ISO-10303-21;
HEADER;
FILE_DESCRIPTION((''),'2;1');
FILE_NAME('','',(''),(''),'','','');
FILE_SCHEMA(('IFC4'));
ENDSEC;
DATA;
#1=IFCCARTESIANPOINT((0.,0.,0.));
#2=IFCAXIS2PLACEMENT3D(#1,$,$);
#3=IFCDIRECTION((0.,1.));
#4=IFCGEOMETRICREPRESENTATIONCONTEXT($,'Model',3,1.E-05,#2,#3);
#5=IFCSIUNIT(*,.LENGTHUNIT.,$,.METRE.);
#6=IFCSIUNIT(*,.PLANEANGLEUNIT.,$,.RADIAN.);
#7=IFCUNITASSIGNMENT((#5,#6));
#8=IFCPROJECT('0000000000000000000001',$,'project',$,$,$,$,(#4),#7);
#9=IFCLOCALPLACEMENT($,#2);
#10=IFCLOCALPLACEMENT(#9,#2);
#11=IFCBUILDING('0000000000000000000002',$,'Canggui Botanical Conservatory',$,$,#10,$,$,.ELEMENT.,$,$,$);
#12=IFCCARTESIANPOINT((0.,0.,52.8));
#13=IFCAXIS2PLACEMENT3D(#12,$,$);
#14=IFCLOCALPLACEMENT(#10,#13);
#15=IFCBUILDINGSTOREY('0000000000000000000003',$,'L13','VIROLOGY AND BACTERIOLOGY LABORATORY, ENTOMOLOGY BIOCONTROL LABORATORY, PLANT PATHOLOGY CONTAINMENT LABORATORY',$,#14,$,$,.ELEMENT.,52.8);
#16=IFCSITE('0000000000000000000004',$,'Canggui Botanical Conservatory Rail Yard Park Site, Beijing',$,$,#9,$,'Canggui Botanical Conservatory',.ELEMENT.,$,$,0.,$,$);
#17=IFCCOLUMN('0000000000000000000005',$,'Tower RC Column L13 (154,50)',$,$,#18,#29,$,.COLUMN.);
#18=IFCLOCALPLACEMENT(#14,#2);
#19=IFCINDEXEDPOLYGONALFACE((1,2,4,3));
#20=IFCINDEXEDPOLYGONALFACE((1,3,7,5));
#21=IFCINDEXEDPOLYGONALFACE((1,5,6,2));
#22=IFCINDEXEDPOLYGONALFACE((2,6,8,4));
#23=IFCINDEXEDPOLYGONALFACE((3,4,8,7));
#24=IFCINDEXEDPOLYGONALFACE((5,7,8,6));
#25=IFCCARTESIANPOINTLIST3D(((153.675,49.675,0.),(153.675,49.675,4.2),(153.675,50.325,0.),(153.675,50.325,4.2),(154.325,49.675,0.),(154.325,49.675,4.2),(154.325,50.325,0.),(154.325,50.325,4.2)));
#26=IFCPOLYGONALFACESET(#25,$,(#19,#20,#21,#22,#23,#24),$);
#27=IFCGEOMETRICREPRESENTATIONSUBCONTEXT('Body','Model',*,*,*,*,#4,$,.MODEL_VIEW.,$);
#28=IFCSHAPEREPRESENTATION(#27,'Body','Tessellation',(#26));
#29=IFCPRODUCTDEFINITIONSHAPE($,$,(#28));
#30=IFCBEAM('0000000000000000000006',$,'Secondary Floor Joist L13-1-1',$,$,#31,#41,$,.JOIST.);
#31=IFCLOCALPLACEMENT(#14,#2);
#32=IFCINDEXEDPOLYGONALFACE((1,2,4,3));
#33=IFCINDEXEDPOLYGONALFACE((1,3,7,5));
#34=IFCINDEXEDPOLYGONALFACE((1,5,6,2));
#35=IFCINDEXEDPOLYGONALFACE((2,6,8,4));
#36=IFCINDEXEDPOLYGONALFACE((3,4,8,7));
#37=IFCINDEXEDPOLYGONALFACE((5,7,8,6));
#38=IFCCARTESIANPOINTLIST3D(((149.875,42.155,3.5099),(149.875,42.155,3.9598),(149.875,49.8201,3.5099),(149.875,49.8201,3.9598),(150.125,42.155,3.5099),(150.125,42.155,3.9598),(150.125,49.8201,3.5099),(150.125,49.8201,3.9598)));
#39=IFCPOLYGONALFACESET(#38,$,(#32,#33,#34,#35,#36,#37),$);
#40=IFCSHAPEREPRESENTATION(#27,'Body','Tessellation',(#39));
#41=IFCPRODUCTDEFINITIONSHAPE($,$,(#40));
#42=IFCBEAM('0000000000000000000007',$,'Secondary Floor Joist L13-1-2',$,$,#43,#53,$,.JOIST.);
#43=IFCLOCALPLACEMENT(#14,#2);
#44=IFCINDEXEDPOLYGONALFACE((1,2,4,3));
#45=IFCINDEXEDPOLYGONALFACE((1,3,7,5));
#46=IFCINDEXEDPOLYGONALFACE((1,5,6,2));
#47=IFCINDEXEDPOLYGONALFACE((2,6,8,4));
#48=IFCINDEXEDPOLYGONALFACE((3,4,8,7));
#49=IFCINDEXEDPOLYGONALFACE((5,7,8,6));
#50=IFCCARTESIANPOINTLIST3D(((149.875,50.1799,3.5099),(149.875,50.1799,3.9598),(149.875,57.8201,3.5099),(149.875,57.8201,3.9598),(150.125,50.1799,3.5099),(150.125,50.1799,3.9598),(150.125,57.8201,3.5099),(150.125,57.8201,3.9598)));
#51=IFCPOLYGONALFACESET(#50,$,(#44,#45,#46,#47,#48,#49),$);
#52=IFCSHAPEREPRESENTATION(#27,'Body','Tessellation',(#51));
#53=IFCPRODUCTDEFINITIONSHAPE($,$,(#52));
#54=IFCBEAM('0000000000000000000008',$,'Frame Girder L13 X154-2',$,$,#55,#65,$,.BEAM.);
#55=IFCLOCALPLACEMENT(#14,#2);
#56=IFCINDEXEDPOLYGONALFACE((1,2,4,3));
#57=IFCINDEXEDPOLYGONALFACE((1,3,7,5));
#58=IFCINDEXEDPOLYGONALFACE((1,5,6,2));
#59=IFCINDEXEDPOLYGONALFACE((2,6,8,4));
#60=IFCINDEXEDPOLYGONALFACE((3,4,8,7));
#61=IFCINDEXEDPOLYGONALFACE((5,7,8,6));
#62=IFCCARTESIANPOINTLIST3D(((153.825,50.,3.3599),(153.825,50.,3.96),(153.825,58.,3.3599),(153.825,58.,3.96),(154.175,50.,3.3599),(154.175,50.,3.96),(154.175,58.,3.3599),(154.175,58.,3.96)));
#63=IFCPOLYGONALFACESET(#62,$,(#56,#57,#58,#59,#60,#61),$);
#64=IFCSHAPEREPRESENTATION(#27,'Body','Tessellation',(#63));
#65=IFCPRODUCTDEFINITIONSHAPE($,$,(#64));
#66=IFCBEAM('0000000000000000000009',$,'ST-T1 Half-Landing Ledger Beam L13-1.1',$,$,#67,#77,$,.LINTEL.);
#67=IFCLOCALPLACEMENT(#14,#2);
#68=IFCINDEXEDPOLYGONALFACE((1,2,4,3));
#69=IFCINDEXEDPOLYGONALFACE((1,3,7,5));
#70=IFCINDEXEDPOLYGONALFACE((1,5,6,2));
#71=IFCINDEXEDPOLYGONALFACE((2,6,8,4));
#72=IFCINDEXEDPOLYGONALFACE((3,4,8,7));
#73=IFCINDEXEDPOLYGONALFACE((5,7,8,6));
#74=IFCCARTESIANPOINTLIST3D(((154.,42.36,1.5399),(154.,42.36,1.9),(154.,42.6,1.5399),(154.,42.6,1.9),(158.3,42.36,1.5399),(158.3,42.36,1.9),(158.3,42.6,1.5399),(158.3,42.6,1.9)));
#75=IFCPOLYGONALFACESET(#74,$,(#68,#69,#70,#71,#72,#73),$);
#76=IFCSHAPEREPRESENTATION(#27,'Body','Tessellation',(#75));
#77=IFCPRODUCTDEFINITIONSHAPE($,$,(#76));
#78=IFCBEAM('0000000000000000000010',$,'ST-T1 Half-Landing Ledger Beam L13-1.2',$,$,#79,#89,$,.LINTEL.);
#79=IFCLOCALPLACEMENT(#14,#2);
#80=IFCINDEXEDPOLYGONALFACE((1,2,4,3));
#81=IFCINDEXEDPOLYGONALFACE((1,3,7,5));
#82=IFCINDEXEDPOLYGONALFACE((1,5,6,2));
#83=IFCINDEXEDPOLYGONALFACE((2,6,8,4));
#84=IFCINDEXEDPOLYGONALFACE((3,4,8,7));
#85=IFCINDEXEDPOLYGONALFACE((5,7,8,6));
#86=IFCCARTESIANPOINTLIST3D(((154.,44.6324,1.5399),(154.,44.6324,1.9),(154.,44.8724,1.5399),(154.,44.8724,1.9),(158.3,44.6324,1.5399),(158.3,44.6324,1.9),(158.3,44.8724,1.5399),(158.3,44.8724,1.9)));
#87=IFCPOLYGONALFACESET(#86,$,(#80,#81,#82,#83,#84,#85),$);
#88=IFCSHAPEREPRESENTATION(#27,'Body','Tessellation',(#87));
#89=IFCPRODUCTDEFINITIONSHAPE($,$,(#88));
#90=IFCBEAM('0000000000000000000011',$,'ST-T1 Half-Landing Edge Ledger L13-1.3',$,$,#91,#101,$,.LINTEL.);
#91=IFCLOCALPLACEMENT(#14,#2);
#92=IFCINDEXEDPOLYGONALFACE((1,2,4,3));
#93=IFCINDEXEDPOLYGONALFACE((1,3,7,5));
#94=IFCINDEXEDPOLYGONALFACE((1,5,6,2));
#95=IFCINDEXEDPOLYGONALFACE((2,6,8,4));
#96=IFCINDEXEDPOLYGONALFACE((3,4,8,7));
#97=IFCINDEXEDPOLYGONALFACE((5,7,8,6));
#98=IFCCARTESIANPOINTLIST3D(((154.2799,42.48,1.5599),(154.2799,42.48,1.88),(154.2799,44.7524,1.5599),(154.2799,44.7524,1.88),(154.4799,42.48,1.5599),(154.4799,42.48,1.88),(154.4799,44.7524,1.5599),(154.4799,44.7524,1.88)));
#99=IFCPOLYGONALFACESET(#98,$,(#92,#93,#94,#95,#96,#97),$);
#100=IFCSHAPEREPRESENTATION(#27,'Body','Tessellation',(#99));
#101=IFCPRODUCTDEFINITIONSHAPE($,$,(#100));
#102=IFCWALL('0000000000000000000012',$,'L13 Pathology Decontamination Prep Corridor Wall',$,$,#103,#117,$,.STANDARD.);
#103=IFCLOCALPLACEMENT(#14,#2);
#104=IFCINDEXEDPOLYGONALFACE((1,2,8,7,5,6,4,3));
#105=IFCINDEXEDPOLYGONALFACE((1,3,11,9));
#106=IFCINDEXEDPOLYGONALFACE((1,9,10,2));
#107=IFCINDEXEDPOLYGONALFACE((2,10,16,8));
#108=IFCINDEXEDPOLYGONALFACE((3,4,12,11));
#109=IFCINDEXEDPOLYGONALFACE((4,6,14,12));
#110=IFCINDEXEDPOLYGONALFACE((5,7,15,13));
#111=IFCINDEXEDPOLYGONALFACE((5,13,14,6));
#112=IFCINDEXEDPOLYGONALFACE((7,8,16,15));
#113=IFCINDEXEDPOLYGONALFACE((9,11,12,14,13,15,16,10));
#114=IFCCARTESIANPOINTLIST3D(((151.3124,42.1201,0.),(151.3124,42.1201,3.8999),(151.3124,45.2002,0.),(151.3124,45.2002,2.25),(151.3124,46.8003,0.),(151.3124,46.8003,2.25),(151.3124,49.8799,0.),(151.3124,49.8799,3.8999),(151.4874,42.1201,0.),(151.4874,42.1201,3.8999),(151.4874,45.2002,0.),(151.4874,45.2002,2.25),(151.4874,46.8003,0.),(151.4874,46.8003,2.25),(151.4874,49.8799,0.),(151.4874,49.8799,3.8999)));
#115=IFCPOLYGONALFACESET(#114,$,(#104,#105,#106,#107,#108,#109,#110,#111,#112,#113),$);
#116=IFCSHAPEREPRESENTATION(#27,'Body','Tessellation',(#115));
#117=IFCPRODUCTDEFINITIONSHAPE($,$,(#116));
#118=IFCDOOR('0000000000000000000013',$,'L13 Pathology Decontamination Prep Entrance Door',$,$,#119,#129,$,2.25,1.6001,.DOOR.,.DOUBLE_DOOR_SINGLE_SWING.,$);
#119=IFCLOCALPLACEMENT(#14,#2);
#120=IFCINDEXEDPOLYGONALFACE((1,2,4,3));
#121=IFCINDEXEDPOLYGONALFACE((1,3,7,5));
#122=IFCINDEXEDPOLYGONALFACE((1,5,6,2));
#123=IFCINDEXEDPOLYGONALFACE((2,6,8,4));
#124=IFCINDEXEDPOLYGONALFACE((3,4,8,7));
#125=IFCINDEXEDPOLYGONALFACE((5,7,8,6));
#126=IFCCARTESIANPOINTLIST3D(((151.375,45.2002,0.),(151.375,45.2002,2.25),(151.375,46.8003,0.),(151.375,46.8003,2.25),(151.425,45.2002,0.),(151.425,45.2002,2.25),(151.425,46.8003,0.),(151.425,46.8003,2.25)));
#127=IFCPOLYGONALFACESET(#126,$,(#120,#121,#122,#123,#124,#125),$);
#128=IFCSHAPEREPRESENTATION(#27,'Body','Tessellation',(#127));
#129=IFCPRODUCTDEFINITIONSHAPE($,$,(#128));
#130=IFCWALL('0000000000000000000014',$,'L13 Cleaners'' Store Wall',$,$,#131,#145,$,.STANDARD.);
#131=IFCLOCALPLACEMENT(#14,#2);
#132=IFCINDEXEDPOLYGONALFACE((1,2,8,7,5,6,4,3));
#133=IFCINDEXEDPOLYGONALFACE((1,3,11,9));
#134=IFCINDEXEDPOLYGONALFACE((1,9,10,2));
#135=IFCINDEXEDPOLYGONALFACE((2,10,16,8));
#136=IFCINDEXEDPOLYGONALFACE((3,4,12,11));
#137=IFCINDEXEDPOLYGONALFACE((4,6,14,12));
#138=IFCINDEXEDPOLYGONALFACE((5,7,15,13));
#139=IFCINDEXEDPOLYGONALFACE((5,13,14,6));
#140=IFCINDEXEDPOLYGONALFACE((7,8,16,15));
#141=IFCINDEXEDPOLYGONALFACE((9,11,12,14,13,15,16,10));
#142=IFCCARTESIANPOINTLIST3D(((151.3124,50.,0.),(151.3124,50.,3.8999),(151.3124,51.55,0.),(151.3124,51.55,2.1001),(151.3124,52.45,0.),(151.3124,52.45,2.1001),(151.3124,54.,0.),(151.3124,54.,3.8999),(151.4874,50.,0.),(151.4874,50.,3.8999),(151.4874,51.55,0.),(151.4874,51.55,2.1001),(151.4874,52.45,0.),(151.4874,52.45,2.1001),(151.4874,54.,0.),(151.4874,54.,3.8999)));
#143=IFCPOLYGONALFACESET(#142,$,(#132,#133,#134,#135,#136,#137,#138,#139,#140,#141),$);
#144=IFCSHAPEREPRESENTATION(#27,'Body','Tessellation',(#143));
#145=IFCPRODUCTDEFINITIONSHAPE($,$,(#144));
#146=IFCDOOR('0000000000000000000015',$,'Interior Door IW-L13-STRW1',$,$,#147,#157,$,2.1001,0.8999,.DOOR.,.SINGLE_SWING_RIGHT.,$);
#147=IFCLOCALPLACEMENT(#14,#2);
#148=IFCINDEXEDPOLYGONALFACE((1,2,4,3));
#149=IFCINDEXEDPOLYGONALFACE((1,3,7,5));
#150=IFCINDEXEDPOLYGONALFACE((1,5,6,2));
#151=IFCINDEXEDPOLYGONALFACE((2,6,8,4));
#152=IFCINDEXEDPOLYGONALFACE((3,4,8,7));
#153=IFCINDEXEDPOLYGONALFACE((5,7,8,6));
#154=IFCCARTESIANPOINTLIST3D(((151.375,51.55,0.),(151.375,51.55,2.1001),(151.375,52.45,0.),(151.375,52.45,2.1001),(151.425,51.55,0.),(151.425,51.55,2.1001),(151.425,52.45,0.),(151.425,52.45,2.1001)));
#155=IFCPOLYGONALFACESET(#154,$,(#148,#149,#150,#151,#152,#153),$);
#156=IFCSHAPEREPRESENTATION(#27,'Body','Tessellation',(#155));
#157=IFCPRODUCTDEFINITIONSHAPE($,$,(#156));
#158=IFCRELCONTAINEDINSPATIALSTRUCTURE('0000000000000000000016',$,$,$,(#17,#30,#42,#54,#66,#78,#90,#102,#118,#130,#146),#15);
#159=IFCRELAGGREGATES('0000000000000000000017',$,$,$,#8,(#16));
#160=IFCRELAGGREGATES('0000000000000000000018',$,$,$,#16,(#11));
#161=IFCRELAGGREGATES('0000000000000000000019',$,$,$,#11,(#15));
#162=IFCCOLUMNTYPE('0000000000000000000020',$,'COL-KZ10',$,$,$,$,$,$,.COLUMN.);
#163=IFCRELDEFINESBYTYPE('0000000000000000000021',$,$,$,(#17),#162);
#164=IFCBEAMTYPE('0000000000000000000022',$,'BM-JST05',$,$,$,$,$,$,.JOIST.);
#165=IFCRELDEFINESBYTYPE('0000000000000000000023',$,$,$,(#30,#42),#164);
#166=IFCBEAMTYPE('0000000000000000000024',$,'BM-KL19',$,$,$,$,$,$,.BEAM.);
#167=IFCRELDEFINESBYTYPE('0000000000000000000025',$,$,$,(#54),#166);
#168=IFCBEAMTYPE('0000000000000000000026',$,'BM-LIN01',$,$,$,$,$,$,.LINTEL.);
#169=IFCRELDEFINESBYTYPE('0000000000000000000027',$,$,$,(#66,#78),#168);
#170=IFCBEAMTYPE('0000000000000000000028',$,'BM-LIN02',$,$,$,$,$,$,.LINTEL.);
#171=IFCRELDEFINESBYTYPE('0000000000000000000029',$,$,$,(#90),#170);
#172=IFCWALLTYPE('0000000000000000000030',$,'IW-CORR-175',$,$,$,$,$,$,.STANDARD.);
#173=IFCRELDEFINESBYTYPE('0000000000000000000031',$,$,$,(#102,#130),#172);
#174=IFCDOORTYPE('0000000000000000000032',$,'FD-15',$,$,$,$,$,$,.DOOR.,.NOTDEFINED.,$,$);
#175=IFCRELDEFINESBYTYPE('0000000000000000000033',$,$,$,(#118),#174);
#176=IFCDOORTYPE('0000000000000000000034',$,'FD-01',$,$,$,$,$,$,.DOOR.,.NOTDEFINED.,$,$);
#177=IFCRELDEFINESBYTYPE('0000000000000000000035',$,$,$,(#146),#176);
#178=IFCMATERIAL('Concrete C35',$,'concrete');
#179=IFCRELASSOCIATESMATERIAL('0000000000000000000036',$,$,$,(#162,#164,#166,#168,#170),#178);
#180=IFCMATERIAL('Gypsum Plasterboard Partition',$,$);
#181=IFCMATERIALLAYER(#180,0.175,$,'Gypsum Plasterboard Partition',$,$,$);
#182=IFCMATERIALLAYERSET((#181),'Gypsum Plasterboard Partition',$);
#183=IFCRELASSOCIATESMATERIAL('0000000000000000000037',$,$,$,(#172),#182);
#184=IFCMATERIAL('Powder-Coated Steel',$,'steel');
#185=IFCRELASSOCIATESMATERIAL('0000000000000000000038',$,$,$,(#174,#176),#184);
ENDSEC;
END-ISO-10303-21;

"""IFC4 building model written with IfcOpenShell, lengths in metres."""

from ifc_helpers import new_model, si_unit, direction, frame, frame_2d, origin, origin_2d, place, context, subcontext, project, spatial, rectangle, extrude, material, layer, layer_set, material_profile, profile_set, type_object, element, fill, save


model = new_model("IFC4")

# Units and contexts
model_context = context("Model", 3, precision=1e-05, world=origin(), true_north=direction((0.0, 1.0)))
body_context = subcontext(model_context, "Body", "Model", "MODEL_VIEW")
ifc_project = project(units=[si_unit("LENGTHUNIT", "METRE"), si_unit("PLANEANGLEUNIT", "RADIAN")], contexts=[model_context])

# Site, building, storey
site_placement = place(None, origin())
site = spatial("IfcSite", under=ifc_project, at=site_placement, Name="Canggui Botanical Conservatory Rail Yard Park Site, Beijing", LongName="Canggui Botanical Conservatory", CompositionType="ELEMENT", RefElevation=0.0)
building_placement = place(site_placement, origin())
building = spatial("IfcBuilding", under=site, at=building_placement, Name="Canggui Botanical Conservatory", CompositionType="ELEMENT")
storey_placement = place(building_placement, frame((0.0, 0.0, 52.8)))
storey = spatial("IfcBuildingStorey", under=building, at=storey_placement, Name="L13", Description="VIROLOGY AND BACTERIOLOGY LABORATORY, ENTOMOLOGY BIOCONTROL LABORATORY, PLANT PATHOLOGY CONTAINMENT LABORATORY", CompositionType="ELEMENT", Elevation=52.8)

# Column
ifc_material_1 = material(Name="Concrete C35", Category="concrete")
ifc_material_profile_1 = material_profile(ifc_material_1, rectangle(XDim=0.6499, YDim=0.6499, at=origin_2d()), Name="RC 650x650")
ifc_profile_set_1 = profile_set([ifc_material_profile_1], Name="Concrete C35")
column_type = type_object("IfcColumnType", Name="COL-KZ10", PredefinedType="COLUMN", material=ifc_profile_set_1)
column_placement = place(storey_placement, frame((154.0, 50.0, 0.0), z_axis=(0.0, 0.0, 1.0), x_axis=(1.0, 0.0, 0.0)))
element("IfcColumn", 1, at=column_placement, inside=storey, type_object=column_type, Name="Tower RC Column L13 (154,50)", PredefinedType="COLUMN", context=body_context, shape_type="SweptSolid", body=[
    extrude(rectangle(XDim=0.6499, YDim=0.6499, at=origin_2d()), origin(), (0.0, 0.0, 1.0), 4.2),
])

# Beams
ifc_material_profile_2 = material_profile(ifc_material_1, rectangle(XDim=0.25, YDim=0.45, at=origin_2d()), Name="RB 250x450")
ifc_profile_set_2 = profile_set([ifc_material_profile_2], Name="Concrete C35")
beam_type_1 = type_object("IfcBeamType", Name="BM-JST05", PredefinedType="JOIST", material=ifc_profile_set_2)
beam_1_placement = place(storey_placement, frame((150.0, 42.155, 3.7349), z_axis=(0.0, 1.0, 0.0), x_axis=(-1.0, 0.0, 0.0)))
element("IfcBeam", 2, at=beam_1_placement, inside=storey, type_object=beam_type_1, Name="Secondary Floor Joist L13-1-1", PredefinedType="JOIST", context=body_context, shape_type="SweptSolid", body=[
    extrude(rectangle(XDim=0.25, YDim=0.45, at=origin_2d()), origin(), (0.0, 0.0, 1.0), 7.665),
])
beam_2_placement = place(storey_placement, frame((150.0, 50.1799, 3.7349), z_axis=(0.0, 1.0, 0.0), x_axis=(-1.0, 0.0, 0.0)))
element("IfcBeam", 3, at=beam_2_placement, inside=storey, type_object=beam_type_1, Name="Secondary Floor Joist L13-1-2", PredefinedType="JOIST", context=body_context, shape_type="SweptSolid", body=[
    extrude(rectangle(XDim=0.25, YDim=0.45, at=origin_2d()), origin(), (0.0, 0.0, 1.0), 7.6401),
])
ifc_material_profile_3 = material_profile(ifc_material_1, rectangle(XDim=0.3501, YDim=0.6001, at=origin_2d()), Name="RB 350x600")
ifc_profile_set_3 = profile_set([ifc_material_profile_3], Name="Concrete C35")
beam_type_2 = type_object("IfcBeamType", Name="BM-KL19", PredefinedType="BEAM", material=ifc_profile_set_3)
beam_3_placement = place(storey_placement, frame((154.0, 50.0, 3.6599), z_axis=(0.0, 1.0, 0.0), x_axis=(-1.0, 0.0, 0.0)))
element("IfcBeam", 4, at=beam_3_placement, inside=storey, type_object=beam_type_2, Name="Frame Girder L13 X154-2", PredefinedType="BEAM", context=body_context, shape_type="SweptSolid", body=[
    extrude(rectangle(XDim=0.3501, YDim=0.6001, at=origin_2d()), origin(), (0.0, 0.0, 1.0), 8.0),
])
ifc_material_profile_4 = material_profile(ifc_material_1, rectangle(XDim=0.24, YDim=0.3601, at=origin_2d()), Name="RB 240x360")
ifc_profile_set_4 = profile_set([ifc_material_profile_4], Name="Concrete C35")
beam_type_3 = type_object("IfcBeamType", Name="BM-LIN01", PredefinedType="LINTEL", material=ifc_profile_set_4)
for number, where, z_axis, x_axis, name in (
    (5, (154.0, 42.48, 1.72), (1.0, 0.0, 0.0), (0.0, 1.0, 0.0), "ST-T1 Half-Landing Ledger Beam L13-1.1"),
    (6, (154.0, 44.7524, 1.72), (1.0, 0.0, 0.0), (0.0, 1.0, 0.0), "ST-T1 Half-Landing Ledger Beam L13-1.2"),
):
    element("IfcBeam", number, at=place(storey_placement, frame(where, z_axis=z_axis, x_axis=x_axis)), inside=storey, type_object=beam_type_3, Name=name, PredefinedType="LINTEL", context=body_context, shape_type="SweptSolid", body=[
        extrude(rectangle(XDim=0.24, YDim=0.3601, at=origin_2d()), origin(), (0.0, 0.0, 1.0), 4.3),
    ])
ifc_material_profile_5 = material_profile(ifc_material_1, rectangle(XDim=0.2, YDim=0.3201, at=origin_2d()), Name="RB 200x320")
ifc_profile_set_5 = profile_set([ifc_material_profile_5], Name="Concrete C35")
beam_type_4 = type_object("IfcBeamType", Name="BM-LIN02", PredefinedType="LINTEL", material=ifc_profile_set_5)
beam_4_placement = place(storey_placement, frame((154.3799, 42.48, 1.72), z_axis=(0.0, 1.0, 0.0), x_axis=(-1.0, 0.0, 0.0)))
element("IfcBeam", 7, at=beam_4_placement, inside=storey, type_object=beam_type_4, Name="ST-T1 Half-Landing Edge Ledger L13-1.3", PredefinedType="LINTEL", context=body_context, shape_type="SweptSolid", body=[
    extrude(rectangle(XDim=0.2, YDim=0.3201, at=origin_2d()), origin(), (0.0, 0.0, 1.0), 2.2725),
])

# Walls, openings, doors
ifc_material_2 = material(Name="Gypsum Plasterboard Partition")
ifc_layer_1 = layer(ifc_material_2, 0.175, Name="Gypsum Plasterboard Partition")
ifc_layer_set_1 = layer_set([ifc_layer_1], Name="Gypsum Plasterboard Partition")
wall_type_1 = type_object("IfcWallType", Name="IW-CORR-175", PredefinedType="STANDARD", material=ifc_layer_set_1)
wall_1_placement = place(storey_placement, frame((151.3999, 42.1201, 0.0), z_axis=(0.0, 0.0, 1.0), x_axis=(0.0, 1.0, 0.0)))
wall_1 = element("IfcWall", 8, at=wall_1_placement, inside=storey, type_object=wall_type_1, Name="L13 Pathology Decontamination Prep Corridor Wall", PredefinedType="STANDARD", context=body_context, shape_type="SweptSolid", body=[
    extrude(rectangle(XDim=7.7598, YDim=0.175, at=frame_2d((3.8799, 0.0))), origin(), (0.0, 0.0, 1.0), 3.8999),
])
opening_1_placement = place(wall_1_placement, frame((3.0801, 0.0, 0.0)))
opening_1 = element("IfcOpeningElement", 9, at=opening_1_placement, cuts=wall_1, PredefinedType="OPENING", context=body_context, shape_type="SweptSolid", body=[
    extrude(rectangle(XDim=1.6001, YDim=2.25, at=frame_2d((0.8, 1.125))), frame((0.0, 0.0977, 0.0), z_axis=(0.0, -1.0, 0.0), x_axis=(1.0, 0.0, 0.0)), (0.0, 0.0, 1.0), 0.1951),
])
ifc_material_3 = material(Name="Powder-Coated Steel", Category="steel")
door_type_1 = type_object("IfcDoorType", Name="FD-15", OperationType="NOTDEFINED", PredefinedType="DOOR", material=ifc_material_3)
door_1_placement = place(opening_1_placement, origin())
door_1 = element("IfcDoor", 10, at=door_1_placement, inside=storey, type_object=door_type_1, Name="L13 Pathology Decontamination Prep Entrance Door", OperationType="DOUBLE_DOOR_SINGLE_SWING", OverallHeight=2.25, OverallWidth=1.6001, PredefinedType="DOOR", context=body_context, shape_type="SweptSolid", body=[
    extrude(rectangle(XDim=1.6001, YDim=2.25, at=frame_2d((0.8, 1.125))), frame((0.0, 0.0249, 0.0), z_axis=(0.0, -1.0, 0.0), x_axis=(1.0, 0.0, 0.0)), (0.0, 0.0, 1.0), 0.05),
])
fill(opening_1, door_1)
wall_2_placement = place(storey_placement, frame((151.3999, 50.0, 0.0), z_axis=(0.0, 0.0, 1.0), x_axis=(0.0, 1.0, 0.0)))
wall_2 = element("IfcWall", 11, at=wall_2_placement, inside=storey, type_object=wall_type_1, Name="L13 Cleaners' Store Wall", PredefinedType="STANDARD", context=body_context, shape_type="SweptSolid", body=[
    extrude(rectangle(XDim=4.0, YDim=0.175, at=frame_2d((2.0, 0.0))), origin(), (0.0, 0.0, 1.0), 3.8999),
])
opening_2_placement = place(wall_2_placement, frame((1.55, 0.0, 0.0)))
opening_2 = element("IfcOpeningElement", 12, at=opening_2_placement, cuts=wall_2, PredefinedType="OPENING", context=body_context, shape_type="SweptSolid", body=[
    extrude(rectangle(XDim=0.8999, YDim=2.1001, at=frame_2d((0.45, 1.05))), frame((0.0, 0.0977, 0.0), z_axis=(0.0, -1.0, 0.0), x_axis=(1.0, 0.0, 0.0)), (0.0, 0.0, 1.0), 0.1951),
])
door_type_2 = type_object("IfcDoorType", Name="FD-01", OperationType="NOTDEFINED", PredefinedType="DOOR", material=ifc_material_3)
door_2_placement = place(opening_2_placement, origin())
door_2 = element("IfcDoor", 13, at=door_2_placement, inside=storey, type_object=door_type_2, Name="Interior Door IW-L13-STRW1", OperationType="SINGLE_SWING_RIGHT", OverallHeight=2.1001, OverallWidth=0.8999, PredefinedType="DOOR", context=body_context, shape_type="SweptSolid", body=[
    extrude(rectangle(XDim=0.8999, YDim=2.1001, at=frame_2d((0.45, 1.05))), frame((0.0, 0.0249, 0.0), z_axis=(0.0, -1.0, 0.0), x_axis=(1.0, 0.0, 0.0)), (0.0, 0.0, 1.0), 0.05),
])
fill(opening_2, door_2)

save(model, "model.ifc")
